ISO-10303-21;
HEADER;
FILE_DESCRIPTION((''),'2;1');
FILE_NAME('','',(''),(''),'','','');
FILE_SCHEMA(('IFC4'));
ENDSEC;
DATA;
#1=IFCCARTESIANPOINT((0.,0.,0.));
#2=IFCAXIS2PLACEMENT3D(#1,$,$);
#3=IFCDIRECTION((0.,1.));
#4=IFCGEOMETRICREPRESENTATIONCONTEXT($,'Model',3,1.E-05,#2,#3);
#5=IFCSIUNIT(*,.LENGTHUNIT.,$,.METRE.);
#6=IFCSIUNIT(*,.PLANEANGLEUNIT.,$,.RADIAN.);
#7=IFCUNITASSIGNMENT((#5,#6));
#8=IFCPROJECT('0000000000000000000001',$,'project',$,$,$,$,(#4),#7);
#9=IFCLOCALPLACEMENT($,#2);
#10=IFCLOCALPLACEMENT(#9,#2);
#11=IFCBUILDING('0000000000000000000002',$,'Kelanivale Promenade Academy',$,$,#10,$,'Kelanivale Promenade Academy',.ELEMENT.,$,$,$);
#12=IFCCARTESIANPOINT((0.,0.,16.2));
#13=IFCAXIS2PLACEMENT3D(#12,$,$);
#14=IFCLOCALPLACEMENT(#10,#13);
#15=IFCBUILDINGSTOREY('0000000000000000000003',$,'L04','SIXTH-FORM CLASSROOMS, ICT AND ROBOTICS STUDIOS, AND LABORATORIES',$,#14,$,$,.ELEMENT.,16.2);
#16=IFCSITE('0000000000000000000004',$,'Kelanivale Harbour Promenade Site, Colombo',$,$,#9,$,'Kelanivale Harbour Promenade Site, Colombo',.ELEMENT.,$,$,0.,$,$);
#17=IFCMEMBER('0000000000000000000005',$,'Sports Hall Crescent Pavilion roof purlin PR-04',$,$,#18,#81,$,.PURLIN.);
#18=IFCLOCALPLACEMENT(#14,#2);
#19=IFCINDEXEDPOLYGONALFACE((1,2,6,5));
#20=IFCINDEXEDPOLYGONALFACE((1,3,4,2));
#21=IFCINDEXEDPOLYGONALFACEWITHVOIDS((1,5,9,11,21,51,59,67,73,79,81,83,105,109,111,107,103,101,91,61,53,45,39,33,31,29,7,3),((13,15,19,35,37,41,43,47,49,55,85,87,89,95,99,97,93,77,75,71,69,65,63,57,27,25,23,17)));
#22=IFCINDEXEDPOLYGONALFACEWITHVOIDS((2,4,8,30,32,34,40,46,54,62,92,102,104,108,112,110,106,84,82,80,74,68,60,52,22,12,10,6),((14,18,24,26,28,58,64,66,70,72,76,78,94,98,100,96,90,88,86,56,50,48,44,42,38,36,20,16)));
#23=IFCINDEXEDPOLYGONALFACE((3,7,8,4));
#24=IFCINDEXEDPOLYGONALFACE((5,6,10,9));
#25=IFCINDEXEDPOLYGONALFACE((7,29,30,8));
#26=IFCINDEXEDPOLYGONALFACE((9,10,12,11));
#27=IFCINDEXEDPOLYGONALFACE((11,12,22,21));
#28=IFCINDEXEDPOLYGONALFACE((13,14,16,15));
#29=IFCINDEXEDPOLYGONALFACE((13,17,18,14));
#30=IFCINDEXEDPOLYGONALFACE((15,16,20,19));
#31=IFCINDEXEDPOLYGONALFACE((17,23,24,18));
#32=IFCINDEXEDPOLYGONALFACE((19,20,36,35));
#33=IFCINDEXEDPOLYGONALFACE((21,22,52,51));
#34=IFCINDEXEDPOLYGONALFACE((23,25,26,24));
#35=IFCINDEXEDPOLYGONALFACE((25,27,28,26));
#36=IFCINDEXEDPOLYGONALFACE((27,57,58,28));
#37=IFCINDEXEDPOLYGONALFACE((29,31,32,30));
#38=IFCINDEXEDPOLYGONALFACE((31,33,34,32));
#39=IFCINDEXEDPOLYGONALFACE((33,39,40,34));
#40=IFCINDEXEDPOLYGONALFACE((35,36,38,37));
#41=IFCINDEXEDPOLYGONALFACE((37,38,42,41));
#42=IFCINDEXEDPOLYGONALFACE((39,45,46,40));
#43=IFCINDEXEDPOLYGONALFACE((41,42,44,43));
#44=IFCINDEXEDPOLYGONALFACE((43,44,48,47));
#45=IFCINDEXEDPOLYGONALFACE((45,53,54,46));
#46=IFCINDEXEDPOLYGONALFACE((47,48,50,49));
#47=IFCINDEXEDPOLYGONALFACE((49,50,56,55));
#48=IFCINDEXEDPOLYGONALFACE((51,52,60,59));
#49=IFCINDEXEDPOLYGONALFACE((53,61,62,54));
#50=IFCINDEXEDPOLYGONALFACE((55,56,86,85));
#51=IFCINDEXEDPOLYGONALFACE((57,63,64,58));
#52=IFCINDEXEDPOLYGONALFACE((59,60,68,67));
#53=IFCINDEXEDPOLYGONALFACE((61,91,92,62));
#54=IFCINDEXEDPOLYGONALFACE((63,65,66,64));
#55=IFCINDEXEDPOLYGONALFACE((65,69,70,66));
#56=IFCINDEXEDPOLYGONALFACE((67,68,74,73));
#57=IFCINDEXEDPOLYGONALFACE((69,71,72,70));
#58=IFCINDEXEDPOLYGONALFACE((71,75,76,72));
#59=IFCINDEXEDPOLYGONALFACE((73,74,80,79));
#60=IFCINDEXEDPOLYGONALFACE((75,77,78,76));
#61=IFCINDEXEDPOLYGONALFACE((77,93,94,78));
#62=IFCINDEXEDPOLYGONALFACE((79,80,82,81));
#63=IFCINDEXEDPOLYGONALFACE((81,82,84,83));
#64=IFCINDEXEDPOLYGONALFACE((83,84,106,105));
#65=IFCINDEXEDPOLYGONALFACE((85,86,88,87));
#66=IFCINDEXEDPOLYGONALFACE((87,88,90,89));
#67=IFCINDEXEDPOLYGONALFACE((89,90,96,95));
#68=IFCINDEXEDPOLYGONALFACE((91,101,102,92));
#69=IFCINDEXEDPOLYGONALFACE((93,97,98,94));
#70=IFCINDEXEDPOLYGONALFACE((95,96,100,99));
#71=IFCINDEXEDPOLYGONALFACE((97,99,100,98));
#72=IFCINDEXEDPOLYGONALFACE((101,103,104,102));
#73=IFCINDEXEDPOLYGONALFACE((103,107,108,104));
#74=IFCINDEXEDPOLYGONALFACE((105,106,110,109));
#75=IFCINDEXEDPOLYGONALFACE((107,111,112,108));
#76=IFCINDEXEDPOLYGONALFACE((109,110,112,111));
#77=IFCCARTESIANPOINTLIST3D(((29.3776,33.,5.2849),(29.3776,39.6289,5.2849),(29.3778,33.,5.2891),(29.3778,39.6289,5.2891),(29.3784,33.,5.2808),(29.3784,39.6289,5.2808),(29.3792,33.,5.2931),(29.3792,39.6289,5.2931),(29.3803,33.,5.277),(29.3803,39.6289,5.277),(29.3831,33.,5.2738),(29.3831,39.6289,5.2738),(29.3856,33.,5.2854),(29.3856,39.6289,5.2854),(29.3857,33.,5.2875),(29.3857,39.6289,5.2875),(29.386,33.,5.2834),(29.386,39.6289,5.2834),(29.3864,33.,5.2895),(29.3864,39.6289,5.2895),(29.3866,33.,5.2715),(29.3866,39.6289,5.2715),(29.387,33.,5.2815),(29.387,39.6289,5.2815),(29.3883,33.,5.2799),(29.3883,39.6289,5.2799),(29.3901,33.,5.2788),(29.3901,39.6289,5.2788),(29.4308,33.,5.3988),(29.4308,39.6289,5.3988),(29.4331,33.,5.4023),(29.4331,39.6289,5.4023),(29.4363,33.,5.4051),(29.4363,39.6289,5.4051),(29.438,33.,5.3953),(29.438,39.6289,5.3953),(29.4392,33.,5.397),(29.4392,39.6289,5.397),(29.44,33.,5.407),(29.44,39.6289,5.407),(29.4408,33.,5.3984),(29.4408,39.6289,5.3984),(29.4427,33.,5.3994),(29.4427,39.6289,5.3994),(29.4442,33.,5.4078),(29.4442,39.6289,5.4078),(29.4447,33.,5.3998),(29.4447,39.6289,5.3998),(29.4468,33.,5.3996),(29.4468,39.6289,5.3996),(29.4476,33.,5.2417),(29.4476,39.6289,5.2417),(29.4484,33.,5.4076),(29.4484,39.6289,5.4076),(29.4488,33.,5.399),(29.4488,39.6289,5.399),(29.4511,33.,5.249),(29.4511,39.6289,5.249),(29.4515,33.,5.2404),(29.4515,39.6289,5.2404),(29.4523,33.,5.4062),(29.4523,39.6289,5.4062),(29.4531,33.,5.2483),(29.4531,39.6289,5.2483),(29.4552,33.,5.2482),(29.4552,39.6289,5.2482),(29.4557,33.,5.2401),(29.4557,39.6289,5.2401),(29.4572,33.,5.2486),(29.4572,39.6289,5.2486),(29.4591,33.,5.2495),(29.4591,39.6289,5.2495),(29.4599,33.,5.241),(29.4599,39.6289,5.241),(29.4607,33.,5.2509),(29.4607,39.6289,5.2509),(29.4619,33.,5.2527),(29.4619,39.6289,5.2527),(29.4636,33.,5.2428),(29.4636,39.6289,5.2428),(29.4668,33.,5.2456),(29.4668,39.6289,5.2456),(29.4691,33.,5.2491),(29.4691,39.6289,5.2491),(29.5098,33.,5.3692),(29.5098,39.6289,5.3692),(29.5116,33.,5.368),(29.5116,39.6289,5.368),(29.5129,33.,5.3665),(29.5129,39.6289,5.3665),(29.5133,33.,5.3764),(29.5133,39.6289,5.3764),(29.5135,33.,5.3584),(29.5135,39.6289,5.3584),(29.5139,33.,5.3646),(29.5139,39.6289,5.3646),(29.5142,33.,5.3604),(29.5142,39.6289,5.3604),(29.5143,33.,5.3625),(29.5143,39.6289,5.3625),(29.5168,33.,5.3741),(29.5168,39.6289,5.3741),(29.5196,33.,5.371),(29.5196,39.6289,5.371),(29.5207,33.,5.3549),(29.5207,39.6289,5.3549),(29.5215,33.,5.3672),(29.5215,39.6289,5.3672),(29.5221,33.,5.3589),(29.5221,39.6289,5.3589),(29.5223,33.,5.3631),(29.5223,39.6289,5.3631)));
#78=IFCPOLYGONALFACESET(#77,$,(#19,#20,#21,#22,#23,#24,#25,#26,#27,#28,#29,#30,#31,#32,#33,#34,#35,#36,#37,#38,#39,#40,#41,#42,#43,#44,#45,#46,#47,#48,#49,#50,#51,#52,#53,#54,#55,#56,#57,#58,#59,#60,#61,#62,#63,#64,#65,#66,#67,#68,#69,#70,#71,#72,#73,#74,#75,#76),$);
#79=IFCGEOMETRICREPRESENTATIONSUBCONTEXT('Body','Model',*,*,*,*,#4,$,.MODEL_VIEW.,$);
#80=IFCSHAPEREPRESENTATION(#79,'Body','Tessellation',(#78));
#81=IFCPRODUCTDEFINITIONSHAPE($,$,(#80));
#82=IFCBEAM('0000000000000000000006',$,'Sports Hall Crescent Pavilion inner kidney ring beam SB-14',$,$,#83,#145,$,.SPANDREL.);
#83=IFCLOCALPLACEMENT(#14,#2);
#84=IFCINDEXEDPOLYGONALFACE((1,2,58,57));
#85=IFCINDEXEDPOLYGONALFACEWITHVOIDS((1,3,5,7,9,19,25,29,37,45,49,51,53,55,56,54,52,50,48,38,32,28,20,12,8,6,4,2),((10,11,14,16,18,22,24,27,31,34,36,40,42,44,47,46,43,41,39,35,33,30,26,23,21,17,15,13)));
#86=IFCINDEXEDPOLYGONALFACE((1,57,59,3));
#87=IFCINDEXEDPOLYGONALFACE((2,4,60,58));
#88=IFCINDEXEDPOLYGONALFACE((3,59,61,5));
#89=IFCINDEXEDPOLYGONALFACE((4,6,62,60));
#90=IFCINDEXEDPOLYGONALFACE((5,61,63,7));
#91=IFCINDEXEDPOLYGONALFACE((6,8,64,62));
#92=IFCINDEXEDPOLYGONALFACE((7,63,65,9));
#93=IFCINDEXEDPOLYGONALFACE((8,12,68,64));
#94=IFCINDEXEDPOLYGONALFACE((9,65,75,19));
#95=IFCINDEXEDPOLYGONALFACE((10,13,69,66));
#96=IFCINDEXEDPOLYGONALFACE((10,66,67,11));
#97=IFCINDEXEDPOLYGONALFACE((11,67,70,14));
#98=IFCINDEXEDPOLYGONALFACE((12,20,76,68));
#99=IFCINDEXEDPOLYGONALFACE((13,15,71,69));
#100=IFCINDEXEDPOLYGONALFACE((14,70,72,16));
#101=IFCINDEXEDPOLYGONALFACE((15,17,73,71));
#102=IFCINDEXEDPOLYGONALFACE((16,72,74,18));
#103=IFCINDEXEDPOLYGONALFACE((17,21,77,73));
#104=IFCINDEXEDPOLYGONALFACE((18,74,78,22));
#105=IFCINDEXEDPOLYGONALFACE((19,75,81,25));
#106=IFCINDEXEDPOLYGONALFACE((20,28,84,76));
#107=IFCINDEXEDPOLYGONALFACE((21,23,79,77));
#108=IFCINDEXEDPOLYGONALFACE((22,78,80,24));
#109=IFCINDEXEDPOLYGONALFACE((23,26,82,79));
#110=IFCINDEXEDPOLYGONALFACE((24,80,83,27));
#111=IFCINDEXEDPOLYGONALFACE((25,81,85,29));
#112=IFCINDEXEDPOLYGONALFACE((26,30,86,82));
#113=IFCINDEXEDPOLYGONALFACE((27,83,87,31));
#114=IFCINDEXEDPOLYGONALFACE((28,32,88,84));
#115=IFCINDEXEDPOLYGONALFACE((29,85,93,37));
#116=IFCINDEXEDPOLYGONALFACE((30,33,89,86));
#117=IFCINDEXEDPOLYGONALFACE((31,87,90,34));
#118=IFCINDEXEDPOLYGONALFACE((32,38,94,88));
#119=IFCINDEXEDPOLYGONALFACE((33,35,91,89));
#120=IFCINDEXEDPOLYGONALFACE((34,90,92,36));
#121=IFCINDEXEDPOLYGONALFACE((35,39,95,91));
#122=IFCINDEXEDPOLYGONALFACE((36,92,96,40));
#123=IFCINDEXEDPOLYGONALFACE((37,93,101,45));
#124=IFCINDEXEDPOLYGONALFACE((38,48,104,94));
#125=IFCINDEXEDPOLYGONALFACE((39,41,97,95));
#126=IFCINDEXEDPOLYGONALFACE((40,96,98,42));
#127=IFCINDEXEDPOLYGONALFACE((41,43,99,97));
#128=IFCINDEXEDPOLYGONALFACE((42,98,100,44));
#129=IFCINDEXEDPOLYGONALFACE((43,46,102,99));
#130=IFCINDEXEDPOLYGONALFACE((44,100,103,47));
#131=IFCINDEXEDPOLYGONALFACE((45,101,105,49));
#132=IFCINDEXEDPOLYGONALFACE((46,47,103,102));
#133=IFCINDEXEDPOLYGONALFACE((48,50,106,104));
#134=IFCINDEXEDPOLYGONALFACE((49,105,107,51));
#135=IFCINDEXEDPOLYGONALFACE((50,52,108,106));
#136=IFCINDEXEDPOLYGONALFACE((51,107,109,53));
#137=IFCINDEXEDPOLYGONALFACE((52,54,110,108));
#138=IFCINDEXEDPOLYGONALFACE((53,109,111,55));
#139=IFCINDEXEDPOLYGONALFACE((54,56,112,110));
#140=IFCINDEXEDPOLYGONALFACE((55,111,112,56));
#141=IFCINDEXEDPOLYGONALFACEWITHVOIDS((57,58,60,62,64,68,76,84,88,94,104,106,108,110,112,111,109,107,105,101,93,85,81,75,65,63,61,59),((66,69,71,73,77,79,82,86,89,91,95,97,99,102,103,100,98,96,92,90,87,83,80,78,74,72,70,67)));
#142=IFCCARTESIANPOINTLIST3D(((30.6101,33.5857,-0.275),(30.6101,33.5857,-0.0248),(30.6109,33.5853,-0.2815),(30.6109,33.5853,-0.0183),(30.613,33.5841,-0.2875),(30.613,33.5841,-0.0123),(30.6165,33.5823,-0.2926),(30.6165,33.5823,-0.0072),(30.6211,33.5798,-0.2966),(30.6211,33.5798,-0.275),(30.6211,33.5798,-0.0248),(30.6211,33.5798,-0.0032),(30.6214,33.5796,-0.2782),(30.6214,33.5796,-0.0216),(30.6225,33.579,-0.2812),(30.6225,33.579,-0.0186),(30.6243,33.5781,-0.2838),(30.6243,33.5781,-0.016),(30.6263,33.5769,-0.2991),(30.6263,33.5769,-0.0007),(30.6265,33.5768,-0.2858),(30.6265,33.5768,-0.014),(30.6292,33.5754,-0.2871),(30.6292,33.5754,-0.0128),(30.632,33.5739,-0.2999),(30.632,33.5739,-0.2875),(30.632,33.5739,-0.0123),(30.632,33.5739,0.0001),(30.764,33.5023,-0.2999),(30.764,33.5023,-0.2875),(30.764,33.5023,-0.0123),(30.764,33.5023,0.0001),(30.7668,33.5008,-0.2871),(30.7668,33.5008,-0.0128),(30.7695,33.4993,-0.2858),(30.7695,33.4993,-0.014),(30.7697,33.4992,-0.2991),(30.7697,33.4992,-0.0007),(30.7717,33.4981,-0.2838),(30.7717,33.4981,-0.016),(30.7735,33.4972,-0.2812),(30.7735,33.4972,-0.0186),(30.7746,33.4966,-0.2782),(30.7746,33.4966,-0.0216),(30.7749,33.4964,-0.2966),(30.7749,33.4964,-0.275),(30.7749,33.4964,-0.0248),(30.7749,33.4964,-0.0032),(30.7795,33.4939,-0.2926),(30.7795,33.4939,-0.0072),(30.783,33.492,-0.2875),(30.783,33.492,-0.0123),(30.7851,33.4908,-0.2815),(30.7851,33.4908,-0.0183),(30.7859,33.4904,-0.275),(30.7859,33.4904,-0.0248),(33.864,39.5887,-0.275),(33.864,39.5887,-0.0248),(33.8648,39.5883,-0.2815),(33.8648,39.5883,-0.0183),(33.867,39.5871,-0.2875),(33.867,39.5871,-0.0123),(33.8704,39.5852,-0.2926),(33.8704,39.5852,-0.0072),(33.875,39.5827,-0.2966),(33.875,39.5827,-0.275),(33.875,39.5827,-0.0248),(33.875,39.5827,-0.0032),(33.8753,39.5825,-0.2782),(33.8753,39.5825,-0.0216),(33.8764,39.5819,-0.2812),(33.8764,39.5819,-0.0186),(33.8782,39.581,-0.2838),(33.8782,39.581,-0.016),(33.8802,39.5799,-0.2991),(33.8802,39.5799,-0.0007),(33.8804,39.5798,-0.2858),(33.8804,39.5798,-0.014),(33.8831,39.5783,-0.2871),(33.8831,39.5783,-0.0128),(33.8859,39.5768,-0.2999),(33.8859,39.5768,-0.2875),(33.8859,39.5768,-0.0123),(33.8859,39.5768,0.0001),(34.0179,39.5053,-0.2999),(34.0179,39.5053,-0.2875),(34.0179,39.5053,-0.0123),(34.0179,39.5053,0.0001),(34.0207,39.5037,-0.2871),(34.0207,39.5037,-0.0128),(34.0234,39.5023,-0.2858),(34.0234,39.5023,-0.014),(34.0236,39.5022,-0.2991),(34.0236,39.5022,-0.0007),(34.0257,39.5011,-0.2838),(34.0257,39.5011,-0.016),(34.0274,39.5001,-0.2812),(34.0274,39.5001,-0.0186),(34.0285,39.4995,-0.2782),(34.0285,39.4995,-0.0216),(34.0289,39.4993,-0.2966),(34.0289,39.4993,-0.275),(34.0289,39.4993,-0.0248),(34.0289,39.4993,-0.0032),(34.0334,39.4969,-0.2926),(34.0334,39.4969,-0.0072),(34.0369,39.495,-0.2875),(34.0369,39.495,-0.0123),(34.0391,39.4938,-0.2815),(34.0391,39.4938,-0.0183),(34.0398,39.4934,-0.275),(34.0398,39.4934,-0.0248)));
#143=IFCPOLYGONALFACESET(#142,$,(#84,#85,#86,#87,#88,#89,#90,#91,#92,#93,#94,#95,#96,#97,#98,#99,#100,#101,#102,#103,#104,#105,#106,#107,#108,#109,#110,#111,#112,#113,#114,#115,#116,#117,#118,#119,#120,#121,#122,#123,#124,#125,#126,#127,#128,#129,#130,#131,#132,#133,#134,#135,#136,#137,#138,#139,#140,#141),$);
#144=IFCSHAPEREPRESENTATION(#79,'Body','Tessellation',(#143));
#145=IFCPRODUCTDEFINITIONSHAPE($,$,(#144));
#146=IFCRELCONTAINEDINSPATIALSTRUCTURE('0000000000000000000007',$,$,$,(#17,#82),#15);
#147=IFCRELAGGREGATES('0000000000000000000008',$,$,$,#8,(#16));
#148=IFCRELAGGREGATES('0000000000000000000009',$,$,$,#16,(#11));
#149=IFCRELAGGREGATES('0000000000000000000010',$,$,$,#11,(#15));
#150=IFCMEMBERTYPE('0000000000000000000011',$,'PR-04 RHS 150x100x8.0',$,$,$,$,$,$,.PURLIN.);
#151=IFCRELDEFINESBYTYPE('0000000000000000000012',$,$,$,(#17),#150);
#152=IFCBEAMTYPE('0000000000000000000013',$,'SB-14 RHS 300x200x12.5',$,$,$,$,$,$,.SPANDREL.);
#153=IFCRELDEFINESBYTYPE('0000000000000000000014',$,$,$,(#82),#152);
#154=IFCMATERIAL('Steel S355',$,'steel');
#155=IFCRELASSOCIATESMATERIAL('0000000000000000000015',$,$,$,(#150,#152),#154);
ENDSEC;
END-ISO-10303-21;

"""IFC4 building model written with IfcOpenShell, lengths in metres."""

from ifc_helpers import new_model, si_unit, direction, frame, origin, origin_2d, place, context, subcontext, project, spatial, hollow_rectangle, extrude, material, material_profile, profile_set, type_object, element, save


model = new_model("IFC4")

# Units and contexts
model_context = context("Model", 3, precision=1e-05, world=origin(), true_north=direction((0.0, 1.0)))
body_context = subcontext(model_context, "Body", "Model", "MODEL_VIEW")
ifc_project = project(units=[si_unit("LENGTHUNIT", "METRE"), si_unit("PLANEANGLEUNIT", "RADIAN")], contexts=[model_context])

# Site, building, storey
site_placement = place(None, origin())
site = spatial("IfcSite", under=ifc_project, at=site_placement, Name="Kelanivale Harbour Promenade Site, Colombo", LongName="Kelanivale Harbour Promenade Site, Colombo", CompositionType="ELEMENT", RefElevation=0.0)
building_placement = place(site_placement, origin())
building = spatial("IfcBuilding", under=site, at=building_placement, Name="Kelanivale Promenade Academy", LongName="Kelanivale Promenade Academy", CompositionType="ELEMENT")
storey_placement = place(building_placement, frame((0.0, 0.0, 16.2)))
storey = spatial("IfcBuildingStorey", under=building, at=storey_placement, Name="L04", Description="SIXTH-FORM CLASSROOMS, ICT AND ROBOTICS STUDIOS, AND LABORATORIES", CompositionType="ELEMENT", Elevation=16.2)

# Member
ifc_material_1 = material(Name="Steel S355", Category="steel")
ifc_material_profile_1 = material_profile(ifc_material_1, hollow_rectangle(XDim=0.1001, YDim=0.1499, WallThickness=0.0081, InnerFilletRadius=0.0081, OuterFilletRadius=0.0161, at=origin_2d()), Name="RHS 150x100x8.0")
ifc_profile_set_1 = profile_set([ifc_material_profile_1], Name="Steel S355")
member_type_1 = type_object("IfcMemberType", Name="PR-04 RHS 150x100x8.0", PredefinedType="PURLIN", material=ifc_profile_set_1)
member_1_placement = place(storey_placement, frame((29.45, 33.0, 5.324), z_axis=(0.0, 1.0, 0.0), x_axis=(-0.898564, 0.0, 0.438842)))
element("IfcMember", 1, at=member_1_placement, inside=storey, type_object=member_type_1, Name="Sports Hall Crescent Pavilion roof purlin PR-04", PredefinedType="PURLIN", context=body_context, shape_type="SweptSolid", body=[
    extrude(hollow_rectangle(XDim=0.1001, YDim=0.1499, WallThickness=0.0081, InnerFilletRadius=0.0081, OuterFilletRadius=0.0161, at=origin_2d()), origin(), (0.0, 0.0, 1.0), 6.6289),
])

# Beam
ifc_material_profile_2 = material_profile(ifc_material_1, hollow_rectangle(XDim=0.2, YDim=0.3, WallThickness=0.0125, InnerFilletRadius=0.0125, OuterFilletRadius=0.0249, at=origin_2d()), Name="RHS 300x200x12.5")
ifc_profile_set_2 = profile_set([ifc_material_profile_2], Name="Steel S355")
beam_type = type_object("IfcBeamType", Name="SB-14 RHS 300x200x12.5", PredefinedType="SPANDREL", material=ifc_profile_set_2)
beam_1_placement = place(storey_placement, frame((30.698, 33.5381, -0.1499), z_axis=(0.476546, 0.87915, 0.0), x_axis=(-0.87915, 0.476546, 0.0)))
element("IfcBeam", 2, at=beam_1_placement, inside=storey, type_object=beam_type, Name="Sports Hall Crescent Pavilion inner kidney ring beam SB-14", PredefinedType="SPANDREL", context=body_context, shape_type="SweptSolid", body=[
    extrude(hollow_rectangle(XDim=0.2, YDim=0.3, WallThickness=0.0125, InnerFilletRadius=0.0125, OuterFilletRadius=0.0249, at=origin_2d()), origin(), (0.0, 0.0, 1.0), 6.8281),
])

save(model, "model.ifc")
